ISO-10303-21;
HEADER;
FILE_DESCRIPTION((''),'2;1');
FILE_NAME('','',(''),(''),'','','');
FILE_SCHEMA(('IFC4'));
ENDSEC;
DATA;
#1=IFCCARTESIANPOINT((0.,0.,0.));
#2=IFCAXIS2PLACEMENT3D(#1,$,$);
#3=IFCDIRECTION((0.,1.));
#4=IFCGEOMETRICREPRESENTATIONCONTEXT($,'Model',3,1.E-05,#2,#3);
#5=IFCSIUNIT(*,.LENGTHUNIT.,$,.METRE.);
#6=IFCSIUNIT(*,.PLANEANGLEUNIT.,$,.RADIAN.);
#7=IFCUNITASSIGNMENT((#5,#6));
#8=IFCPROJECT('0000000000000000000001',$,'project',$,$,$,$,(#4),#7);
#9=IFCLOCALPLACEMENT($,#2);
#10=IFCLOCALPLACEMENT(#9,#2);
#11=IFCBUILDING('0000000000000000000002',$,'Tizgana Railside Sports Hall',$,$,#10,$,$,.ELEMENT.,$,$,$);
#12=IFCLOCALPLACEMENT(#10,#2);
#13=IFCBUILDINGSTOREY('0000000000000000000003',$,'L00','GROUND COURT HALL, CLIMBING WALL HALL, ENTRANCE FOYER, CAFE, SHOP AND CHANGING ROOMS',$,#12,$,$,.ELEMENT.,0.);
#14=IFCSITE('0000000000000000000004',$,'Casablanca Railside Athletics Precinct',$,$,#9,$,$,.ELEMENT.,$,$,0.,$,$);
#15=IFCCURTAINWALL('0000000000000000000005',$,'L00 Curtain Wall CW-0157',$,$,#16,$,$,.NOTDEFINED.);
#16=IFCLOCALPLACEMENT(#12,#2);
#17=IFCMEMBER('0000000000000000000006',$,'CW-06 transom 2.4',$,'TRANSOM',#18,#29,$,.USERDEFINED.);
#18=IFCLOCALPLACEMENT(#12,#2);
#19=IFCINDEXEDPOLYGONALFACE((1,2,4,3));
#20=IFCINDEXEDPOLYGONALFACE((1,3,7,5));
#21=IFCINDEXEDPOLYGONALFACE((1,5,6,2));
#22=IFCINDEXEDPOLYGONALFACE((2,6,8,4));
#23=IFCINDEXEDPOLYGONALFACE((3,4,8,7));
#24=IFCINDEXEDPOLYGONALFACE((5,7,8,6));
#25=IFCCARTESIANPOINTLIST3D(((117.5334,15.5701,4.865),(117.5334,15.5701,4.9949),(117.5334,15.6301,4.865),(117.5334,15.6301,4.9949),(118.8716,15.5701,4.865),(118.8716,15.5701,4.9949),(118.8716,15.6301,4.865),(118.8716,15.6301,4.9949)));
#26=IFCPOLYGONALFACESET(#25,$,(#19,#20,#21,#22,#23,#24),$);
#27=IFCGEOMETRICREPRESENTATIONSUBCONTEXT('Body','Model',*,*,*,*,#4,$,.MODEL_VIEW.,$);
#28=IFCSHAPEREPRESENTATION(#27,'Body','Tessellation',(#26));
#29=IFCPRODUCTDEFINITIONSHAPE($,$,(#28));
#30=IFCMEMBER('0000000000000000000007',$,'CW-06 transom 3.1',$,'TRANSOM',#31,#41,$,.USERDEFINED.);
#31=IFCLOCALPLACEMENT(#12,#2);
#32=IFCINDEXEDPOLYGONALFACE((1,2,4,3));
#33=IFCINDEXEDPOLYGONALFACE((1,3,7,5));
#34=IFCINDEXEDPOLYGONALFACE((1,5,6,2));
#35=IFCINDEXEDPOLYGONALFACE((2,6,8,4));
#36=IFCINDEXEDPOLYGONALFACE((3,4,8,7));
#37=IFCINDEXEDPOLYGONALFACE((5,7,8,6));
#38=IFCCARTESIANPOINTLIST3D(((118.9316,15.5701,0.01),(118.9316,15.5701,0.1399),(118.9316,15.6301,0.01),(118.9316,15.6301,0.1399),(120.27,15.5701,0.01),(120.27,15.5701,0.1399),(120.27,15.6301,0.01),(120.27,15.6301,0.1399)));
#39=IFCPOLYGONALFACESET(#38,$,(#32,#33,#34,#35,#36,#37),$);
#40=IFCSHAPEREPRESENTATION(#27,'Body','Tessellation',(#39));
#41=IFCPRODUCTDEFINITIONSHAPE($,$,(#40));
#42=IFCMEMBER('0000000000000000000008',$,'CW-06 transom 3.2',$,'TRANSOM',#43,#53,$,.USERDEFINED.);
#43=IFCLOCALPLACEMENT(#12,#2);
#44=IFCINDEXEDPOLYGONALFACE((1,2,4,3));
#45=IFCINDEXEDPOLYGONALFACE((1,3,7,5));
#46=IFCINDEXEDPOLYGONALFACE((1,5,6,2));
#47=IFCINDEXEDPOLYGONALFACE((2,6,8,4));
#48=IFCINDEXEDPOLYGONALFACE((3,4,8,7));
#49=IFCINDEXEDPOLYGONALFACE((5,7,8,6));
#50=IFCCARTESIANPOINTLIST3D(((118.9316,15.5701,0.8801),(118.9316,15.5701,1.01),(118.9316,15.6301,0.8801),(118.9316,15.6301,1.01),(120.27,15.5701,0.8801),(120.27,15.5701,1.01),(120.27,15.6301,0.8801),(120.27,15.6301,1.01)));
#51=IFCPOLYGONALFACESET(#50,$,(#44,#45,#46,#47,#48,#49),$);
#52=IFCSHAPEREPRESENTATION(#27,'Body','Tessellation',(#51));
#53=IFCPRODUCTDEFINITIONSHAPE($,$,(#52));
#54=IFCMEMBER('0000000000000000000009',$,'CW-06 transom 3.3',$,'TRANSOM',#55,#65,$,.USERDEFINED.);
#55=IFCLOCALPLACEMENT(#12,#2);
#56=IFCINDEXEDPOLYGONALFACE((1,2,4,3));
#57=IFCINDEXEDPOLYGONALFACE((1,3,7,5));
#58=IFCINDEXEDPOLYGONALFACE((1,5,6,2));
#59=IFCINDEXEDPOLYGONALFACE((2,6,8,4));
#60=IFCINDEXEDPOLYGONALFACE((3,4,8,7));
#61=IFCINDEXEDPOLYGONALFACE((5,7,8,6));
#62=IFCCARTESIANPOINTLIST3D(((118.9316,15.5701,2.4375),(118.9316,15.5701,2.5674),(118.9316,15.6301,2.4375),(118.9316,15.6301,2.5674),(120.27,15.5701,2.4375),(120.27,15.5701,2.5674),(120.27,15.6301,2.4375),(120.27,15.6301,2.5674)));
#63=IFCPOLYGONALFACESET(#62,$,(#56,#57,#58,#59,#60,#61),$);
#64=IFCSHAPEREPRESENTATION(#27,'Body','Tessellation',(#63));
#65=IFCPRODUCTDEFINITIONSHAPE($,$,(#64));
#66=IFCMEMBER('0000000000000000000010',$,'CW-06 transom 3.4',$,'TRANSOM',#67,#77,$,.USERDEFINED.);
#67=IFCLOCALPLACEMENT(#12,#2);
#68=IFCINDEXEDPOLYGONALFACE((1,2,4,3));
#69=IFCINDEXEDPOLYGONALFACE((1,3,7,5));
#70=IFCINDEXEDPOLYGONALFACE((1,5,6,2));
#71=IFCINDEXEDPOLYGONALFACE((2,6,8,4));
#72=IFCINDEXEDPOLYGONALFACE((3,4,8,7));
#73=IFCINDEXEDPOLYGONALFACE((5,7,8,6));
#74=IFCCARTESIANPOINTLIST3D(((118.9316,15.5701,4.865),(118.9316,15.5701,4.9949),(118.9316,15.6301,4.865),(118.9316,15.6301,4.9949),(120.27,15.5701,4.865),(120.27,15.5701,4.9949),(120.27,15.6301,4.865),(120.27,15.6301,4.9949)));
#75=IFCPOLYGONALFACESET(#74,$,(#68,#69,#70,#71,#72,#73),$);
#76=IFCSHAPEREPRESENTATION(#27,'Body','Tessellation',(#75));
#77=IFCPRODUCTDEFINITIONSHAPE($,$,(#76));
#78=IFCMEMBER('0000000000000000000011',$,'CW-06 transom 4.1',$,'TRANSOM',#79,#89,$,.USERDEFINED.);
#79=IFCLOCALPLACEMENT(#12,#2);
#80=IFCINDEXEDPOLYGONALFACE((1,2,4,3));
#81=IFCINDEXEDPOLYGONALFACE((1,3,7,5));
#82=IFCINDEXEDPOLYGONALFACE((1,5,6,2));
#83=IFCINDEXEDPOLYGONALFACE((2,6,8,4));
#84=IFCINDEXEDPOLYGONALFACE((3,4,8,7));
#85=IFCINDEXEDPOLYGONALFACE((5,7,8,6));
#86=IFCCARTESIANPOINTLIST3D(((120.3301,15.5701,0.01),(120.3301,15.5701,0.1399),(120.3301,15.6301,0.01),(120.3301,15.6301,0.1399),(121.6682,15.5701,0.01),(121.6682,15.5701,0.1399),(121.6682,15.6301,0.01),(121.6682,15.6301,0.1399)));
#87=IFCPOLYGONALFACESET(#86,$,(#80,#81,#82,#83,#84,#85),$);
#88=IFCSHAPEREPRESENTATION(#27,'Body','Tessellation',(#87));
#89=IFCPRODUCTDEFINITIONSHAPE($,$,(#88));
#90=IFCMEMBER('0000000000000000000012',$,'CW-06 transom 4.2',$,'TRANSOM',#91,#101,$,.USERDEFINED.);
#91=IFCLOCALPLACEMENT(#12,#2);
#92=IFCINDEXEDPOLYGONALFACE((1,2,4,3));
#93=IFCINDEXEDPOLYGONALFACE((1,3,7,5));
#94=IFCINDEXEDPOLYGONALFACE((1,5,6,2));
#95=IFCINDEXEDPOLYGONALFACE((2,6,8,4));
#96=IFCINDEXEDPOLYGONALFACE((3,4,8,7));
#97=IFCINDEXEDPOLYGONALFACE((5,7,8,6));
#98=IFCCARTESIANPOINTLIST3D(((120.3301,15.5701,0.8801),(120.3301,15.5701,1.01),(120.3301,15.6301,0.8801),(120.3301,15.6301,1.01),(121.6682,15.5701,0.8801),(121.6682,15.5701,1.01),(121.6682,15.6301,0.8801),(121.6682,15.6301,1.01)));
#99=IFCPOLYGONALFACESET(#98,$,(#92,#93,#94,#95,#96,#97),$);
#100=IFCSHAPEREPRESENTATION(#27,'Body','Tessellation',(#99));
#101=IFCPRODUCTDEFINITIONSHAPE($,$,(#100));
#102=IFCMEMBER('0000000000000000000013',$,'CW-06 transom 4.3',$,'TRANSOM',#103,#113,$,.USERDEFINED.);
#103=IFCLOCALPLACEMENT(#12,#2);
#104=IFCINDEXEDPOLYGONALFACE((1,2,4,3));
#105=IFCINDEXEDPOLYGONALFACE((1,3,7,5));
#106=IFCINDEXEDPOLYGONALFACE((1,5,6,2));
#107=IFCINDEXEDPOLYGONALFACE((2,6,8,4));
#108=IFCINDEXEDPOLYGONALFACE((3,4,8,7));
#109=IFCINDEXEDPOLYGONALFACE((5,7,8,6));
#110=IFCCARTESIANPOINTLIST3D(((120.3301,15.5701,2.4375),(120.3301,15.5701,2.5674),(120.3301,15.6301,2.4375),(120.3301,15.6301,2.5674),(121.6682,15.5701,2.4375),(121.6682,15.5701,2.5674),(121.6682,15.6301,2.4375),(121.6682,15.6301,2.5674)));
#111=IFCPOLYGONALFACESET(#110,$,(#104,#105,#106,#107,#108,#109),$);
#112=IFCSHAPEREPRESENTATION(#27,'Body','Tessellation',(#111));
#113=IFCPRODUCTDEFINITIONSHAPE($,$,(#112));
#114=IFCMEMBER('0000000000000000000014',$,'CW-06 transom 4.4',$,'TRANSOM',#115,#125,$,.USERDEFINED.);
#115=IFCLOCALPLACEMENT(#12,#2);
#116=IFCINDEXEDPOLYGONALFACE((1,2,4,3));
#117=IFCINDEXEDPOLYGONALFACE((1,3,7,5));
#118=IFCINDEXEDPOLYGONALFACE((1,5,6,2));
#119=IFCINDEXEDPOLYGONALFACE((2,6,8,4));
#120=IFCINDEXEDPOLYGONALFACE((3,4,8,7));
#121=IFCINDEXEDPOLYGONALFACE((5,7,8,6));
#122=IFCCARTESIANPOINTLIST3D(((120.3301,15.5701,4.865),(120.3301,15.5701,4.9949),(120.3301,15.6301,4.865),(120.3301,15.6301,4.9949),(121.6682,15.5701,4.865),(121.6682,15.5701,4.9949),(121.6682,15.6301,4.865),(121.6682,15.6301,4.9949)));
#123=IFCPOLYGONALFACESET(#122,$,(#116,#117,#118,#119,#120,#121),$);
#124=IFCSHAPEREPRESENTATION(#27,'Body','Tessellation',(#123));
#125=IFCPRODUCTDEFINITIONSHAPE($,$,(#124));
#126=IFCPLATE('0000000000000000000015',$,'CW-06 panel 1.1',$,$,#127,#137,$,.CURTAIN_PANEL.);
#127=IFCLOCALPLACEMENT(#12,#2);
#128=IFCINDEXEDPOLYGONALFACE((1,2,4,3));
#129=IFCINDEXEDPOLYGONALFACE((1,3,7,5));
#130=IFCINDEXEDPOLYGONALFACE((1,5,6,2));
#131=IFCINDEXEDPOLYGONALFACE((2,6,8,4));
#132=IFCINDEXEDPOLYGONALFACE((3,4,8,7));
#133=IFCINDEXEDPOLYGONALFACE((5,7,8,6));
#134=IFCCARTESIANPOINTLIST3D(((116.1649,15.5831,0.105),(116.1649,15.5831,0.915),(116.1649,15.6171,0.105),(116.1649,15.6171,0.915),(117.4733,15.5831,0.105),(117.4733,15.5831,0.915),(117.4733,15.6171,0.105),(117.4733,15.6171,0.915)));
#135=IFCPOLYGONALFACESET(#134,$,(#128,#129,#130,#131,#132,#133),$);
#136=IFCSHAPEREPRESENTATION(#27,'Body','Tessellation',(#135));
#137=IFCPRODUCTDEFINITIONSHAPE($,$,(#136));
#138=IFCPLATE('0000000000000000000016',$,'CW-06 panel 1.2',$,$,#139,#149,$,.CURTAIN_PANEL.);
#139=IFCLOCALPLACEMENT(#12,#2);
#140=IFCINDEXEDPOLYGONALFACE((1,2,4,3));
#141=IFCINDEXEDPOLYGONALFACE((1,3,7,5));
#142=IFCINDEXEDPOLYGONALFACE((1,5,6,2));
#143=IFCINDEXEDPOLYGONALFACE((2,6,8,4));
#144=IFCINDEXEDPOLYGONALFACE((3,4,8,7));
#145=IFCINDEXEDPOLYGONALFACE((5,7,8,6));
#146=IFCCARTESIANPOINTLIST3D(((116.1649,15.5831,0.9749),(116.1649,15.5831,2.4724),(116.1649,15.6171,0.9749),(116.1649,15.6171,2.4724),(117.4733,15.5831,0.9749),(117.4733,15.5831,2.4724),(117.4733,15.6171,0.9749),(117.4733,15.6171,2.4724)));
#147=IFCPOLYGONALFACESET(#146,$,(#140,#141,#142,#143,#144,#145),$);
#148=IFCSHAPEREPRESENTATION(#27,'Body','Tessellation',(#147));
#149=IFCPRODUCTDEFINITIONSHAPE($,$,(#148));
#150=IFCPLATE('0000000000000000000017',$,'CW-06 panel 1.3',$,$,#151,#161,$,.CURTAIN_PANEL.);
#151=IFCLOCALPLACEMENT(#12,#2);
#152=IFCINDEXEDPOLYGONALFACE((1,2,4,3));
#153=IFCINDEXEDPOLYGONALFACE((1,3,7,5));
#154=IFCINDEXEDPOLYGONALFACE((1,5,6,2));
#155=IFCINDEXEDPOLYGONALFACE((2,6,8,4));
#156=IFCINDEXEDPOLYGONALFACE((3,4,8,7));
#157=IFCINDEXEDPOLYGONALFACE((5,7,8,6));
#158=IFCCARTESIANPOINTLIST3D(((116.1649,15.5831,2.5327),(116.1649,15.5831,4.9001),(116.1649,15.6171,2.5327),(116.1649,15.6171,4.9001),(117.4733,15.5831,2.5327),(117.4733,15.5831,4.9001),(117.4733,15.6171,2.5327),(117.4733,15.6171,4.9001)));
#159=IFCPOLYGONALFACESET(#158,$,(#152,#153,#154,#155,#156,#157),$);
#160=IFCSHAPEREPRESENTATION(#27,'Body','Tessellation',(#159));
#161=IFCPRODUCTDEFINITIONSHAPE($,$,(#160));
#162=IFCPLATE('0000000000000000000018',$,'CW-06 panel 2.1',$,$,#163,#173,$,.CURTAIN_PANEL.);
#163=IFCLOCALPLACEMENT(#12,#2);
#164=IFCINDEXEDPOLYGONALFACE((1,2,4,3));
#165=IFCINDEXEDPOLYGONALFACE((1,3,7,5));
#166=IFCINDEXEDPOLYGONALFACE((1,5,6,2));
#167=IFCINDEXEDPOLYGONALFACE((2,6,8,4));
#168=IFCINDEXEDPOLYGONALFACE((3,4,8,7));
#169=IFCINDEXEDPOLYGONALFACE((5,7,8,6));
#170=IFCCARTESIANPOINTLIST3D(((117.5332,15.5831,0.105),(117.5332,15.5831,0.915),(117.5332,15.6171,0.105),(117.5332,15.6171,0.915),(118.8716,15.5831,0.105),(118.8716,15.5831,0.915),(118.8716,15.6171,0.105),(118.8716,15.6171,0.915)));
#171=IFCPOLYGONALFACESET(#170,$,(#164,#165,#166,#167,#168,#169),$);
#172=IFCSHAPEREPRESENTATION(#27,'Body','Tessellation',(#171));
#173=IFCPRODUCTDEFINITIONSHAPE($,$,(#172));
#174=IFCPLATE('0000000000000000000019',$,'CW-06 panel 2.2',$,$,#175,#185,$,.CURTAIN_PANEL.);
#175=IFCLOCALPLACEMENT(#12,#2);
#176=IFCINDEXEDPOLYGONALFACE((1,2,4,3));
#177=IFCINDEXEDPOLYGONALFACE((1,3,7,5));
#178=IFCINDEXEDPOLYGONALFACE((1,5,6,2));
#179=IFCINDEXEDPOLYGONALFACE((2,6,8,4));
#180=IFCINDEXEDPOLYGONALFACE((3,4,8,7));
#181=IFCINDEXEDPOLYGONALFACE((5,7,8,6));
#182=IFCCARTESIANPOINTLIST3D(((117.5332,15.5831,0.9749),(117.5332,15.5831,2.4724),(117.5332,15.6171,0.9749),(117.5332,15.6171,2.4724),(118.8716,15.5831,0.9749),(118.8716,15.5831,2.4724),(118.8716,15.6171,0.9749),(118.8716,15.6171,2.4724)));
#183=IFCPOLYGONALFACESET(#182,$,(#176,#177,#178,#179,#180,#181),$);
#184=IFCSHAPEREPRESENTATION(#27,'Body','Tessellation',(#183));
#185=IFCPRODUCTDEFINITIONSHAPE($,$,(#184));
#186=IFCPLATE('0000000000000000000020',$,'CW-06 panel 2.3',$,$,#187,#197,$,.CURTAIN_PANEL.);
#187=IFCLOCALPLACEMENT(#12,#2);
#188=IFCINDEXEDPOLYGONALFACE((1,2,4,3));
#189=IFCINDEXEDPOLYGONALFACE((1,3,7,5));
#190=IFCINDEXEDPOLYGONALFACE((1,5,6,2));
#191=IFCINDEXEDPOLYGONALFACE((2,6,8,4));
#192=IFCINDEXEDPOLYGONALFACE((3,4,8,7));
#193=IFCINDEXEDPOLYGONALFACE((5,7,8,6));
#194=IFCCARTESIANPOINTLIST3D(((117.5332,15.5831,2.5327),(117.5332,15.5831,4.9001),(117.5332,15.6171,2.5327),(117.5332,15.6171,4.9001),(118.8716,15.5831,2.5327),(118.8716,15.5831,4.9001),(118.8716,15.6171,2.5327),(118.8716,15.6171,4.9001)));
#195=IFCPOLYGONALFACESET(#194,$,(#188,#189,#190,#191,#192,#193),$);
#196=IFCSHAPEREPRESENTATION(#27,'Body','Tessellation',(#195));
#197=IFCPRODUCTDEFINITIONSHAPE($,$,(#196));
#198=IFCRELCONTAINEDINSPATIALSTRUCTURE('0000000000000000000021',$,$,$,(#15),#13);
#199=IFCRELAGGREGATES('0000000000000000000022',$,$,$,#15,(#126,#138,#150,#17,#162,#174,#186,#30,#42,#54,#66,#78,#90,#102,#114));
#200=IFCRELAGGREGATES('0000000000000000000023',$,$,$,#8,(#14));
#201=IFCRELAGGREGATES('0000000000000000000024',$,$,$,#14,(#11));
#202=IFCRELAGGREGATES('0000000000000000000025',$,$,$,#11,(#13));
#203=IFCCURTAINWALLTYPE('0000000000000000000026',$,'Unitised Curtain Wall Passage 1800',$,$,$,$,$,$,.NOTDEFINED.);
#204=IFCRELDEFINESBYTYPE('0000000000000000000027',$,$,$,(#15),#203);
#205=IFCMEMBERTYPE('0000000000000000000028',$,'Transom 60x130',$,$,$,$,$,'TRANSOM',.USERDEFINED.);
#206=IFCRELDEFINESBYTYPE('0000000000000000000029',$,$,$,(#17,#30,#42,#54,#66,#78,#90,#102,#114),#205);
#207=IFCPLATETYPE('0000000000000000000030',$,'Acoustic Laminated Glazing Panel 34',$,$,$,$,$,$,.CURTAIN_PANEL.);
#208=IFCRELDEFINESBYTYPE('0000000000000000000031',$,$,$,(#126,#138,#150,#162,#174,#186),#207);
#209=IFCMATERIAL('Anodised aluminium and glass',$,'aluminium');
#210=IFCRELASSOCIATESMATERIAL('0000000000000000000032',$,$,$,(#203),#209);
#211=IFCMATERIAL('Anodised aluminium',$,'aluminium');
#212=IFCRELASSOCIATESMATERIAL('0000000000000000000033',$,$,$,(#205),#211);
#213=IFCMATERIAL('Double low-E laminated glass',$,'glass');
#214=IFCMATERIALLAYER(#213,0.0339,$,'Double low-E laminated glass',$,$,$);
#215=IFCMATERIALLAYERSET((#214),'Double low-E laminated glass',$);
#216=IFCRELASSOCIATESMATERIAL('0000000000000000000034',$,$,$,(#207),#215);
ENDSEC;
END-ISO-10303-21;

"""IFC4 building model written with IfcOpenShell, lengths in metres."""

from ifc_helpers import new_model, si_unit, direction, frame, origin, origin_2d, place, context, subcontext, project, spatial, rectangle, extrude, material, layer, layer_set, material_profile, profile_set, type_object, element, aggregate, save


model = new_model("IFC4")

# Units and contexts
model_context = context("Model", 3, precision=1e-05, world=origin(), true_north=direction((0.0, 1.0)))
body_context = subcontext(model_context, "Body", "Model", "MODEL_VIEW")
ifc_project = project(units=[si_unit("LENGTHUNIT", "METRE"), si_unit("PLANEANGLEUNIT", "RADIAN")], contexts=[model_context])

# Site, building, storey
site_placement = place(None, origin())
site = spatial("IfcSite", under=ifc_project, at=site_placement, Name="Casablanca Railside Athletics Precinct", CompositionType="ELEMENT", RefElevation=0.0)
building_placement = place(site_placement, origin())
building = spatial("IfcBuilding", under=site, at=building_placement, Name="Tizgana Railside Sports Hall", CompositionType="ELEMENT")
storey_placement = place(building_placement, origin())
storey = spatial("IfcBuildingStorey", under=building, at=storey_placement, Name="L00", Description="GROUND COURT HALL, CLIMBING WALL HALL, ENTRANCE FOYER, CAFE, SHOP AND CHANGING ROOMS", CompositionType="ELEMENT", Elevation=0.0)

# Curtain wall
ifc_material_1 = material(Name="Anodised aluminium and glass", Category="aluminium")
curtain_wall_type = type_object("IfcCurtainWallType", Name="Unitised Curtain Wall Passage 1800", PredefinedType="NOTDEFINED", material=ifc_material_1)
curtain_wall_placement = place(storey_placement, origin())
curtain_wall = element("IfcCurtainWall", 1, at=curtain_wall_placement, inside=storey, type_object=curtain_wall_type, Name="L00 Curtain Wall CW-0157", PredefinedType="NOTDEFINED")
ifc_material_2 = material(Name="Anodised aluminium", Category="aluminium")

# Members
ifc_material_profile_1 = material_profile(ifc_material_2, rectangle(XDim=0.0601, YDim=0.1299, at=origin_2d()), Name="Transom 60x130")
ifc_profile_set_1 = profile_set([ifc_material_profile_1], Name="Anodised aluminium")
member_type_1 = type_object("IfcMemberType", Name="Transom 60x130", ElementType="TRANSOM", PredefinedType="USERDEFINED", material=ifc_profile_set_1)
member_1_placement = place(storey_placement, frame((117.5334, 15.6001, 4.9299), z_axis=(1.0, 0.0, 0.0), x_axis=(0.0, 1.0, 0.0)))
member_1 = element("IfcMember", 2, at=member_1_placement, type_object=member_type_1, Name="CW-06 transom 2.4", ObjectType="TRANSOM", PredefinedType="USERDEFINED", context=body_context, shape_type="SweptSolid", body=[
    extrude(rectangle(XDim=0.0601, YDim=0.1299, at=origin_2d()), origin(), (0.0, 0.0, 1.0), 1.3381),
])
member_2_placement = place(storey_placement, frame((118.9316, 15.6001, 0.075), z_axis=(1.0, 0.0, 0.0), x_axis=(0.0, 1.0, 0.0)))
member_2 = element("IfcMember", 3, at=member_2_placement, type_object=member_type_1, Name="CW-06 transom 3.1", ObjectType="TRANSOM", PredefinedType="USERDEFINED", context=body_context, shape_type="SweptSolid", body=[
    extrude(rectangle(XDim=0.0601, YDim=0.1299, at=origin_2d()), origin(), (0.0, 0.0, 1.0), 1.3384),
])
member_3_placement = place(storey_placement, frame((118.9316, 15.6001, 0.9451), z_axis=(1.0, 0.0, 0.0), x_axis=(0.0, 1.0, 0.0)))
member_3 = element("IfcMember", 4, at=member_3_placement, type_object=member_type_1, Name="CW-06 transom 3.2", ObjectType="TRANSOM", PredefinedType="USERDEFINED", context=body_context, shape_type="SweptSolid", body=[
    extrude(rectangle(XDim=0.0601, YDim=0.1299, at=origin_2d()), origin(), (0.0, 0.0, 1.0), 1.3384),
])
member_4_placement = place(storey_placement, frame((118.9316, 15.6001, 2.5024), z_axis=(1.0, 0.0, 0.0), x_axis=(0.0, 1.0, 0.0)))
member_4 = element("IfcMember", 5, at=member_4_placement, type_object=member_type_1, Name="CW-06 transom 3.3", ObjectType="TRANSOM", PredefinedType="USERDEFINED", context=body_context, shape_type="SweptSolid", body=[
    extrude(rectangle(XDim=0.0601, YDim=0.1299, at=origin_2d()), origin(), (0.0, 0.0, 1.0), 1.3384),
])
member_5_placement = place(storey_placement, frame((118.9316, 15.6001, 4.9299), z_axis=(1.0, 0.0, 0.0), x_axis=(0.0, 1.0, 0.0)))
member_5 = element("IfcMember", 6, at=member_5_placement, type_object=member_type_1, Name="CW-06 transom 3.4", ObjectType="TRANSOM", PredefinedType="USERDEFINED", context=body_context, shape_type="SweptSolid", body=[
    extrude(rectangle(XDim=0.0601, YDim=0.1299, at=origin_2d()), origin(), (0.0, 0.0, 1.0), 1.3384),
])
member_6_placement = place(storey_placement, frame((120.3301, 15.6001, 0.075), z_axis=(1.0, 0.0, 0.0), x_axis=(0.0, 1.0, 0.0)))
member_6 = element("IfcMember", 7, at=member_6_placement, type_object=member_type_1, Name="CW-06 transom 4.1", ObjectType="TRANSOM", PredefinedType="USERDEFINED", context=body_context, shape_type="SweptSolid", body=[
    extrude(rectangle(XDim=0.0601, YDim=0.1299, at=origin_2d()), origin(), (0.0, 0.0, 1.0), 1.3381),
])
member_7_placement = place(storey_placement, frame((120.3301, 15.6001, 0.9451), z_axis=(1.0, 0.0, 0.0), x_axis=(0.0, 1.0, 0.0)))
member_7 = element("IfcMember", 8, at=member_7_placement, type_object=member_type_1, Name="CW-06 transom 4.2", ObjectType="TRANSOM", PredefinedType="USERDEFINED", context=body_context, shape_type="SweptSolid", body=[
    extrude(rectangle(XDim=0.0601, YDim=0.1299, at=origin_2d()), origin(), (0.0, 0.0, 1.0), 1.3381),
])
member_8_placement = place(storey_placement, frame((120.3301, 15.6001, 2.5024), z_axis=(1.0, 0.0, 0.0), x_axis=(0.0, 1.0, 0.0)))
member_8 = element("IfcMember", 9, at=member_8_placement, type_object=member_type_1, Name="CW-06 transom 4.3", ObjectType="TRANSOM", PredefinedType="USERDEFINED", context=body_context, shape_type="SweptSolid", body=[
    extrude(rectangle(XDim=0.0601, YDim=0.1299, at=origin_2d()), origin(), (0.0, 0.0, 1.0), 1.3381),
])
member_9_placement = place(storey_placement, frame((120.3301, 15.6001, 4.9299), z_axis=(1.0, 0.0, 0.0), x_axis=(0.0, 1.0, 0.0)))
member_9 = element("IfcMember", 10, at=member_9_placement, type_object=member_type_1, Name="CW-06 transom 4.4", ObjectType="TRANSOM", PredefinedType="USERDEFINED", context=body_context, shape_type="SweptSolid", body=[
    extrude(rectangle(XDim=0.0601, YDim=0.1299, at=origin_2d()), origin(), (0.0, 0.0, 1.0), 1.3381),
])

# Plates
ifc_material_3 = material(Name="Double low-E laminated glass", Category="glass")
ifc_layer = layer(ifc_material_3, 0.0339, Name="Double low-E laminated glass")
ifc_layer_set = layer_set([ifc_layer], Name="Double low-E laminated glass")
plate_type = type_object("IfcPlateType", Name="Acoustic Laminated Glazing Panel 34", PredefinedType="CURTAIN_PANEL", material=ifc_layer_set)
plate_1_placement = place(storey_placement, frame((116.8191, 15.6001, 0.105), z_axis=(0.0, 0.0, 1.0), x_axis=(1.0, 0.0, 0.0)))
plate_1 = element("IfcPlate", 11, at=plate_1_placement, type_object=plate_type, Name="CW-06 panel 1.1", PredefinedType="CURTAIN_PANEL", context=body_context, shape_type="SweptSolid", body=[
    extrude(rectangle(XDim=1.3083, YDim=0.0339, at=origin_2d()), origin(), (0.0, 0.0, 1.0), 0.8101),
])
plate_2_placement = place(storey_placement, frame((116.8191, 15.6001, 0.9749), z_axis=(0.0, 0.0, 1.0), x_axis=(1.0, 0.0, 0.0)))
plate_2 = element("IfcPlate", 12, at=plate_2_placement, type_object=plate_type, Name="CW-06 panel 1.2", PredefinedType="CURTAIN_PANEL", context=body_context, shape_type="SweptSolid", body=[
    extrude(rectangle(XDim=1.3083, YDim=0.0339, at=origin_2d()), origin(), (0.0, 0.0, 1.0), 1.4976),
])
plate_3_placement = place(storey_placement, frame((116.8191, 15.6001, 2.5327), z_axis=(0.0, 0.0, 1.0), x_axis=(1.0, 0.0, 0.0)))
plate_3 = element("IfcPlate", 13, at=plate_3_placement, type_object=plate_type, Name="CW-06 panel 1.3", PredefinedType="CURTAIN_PANEL", context=body_context, shape_type="SweptSolid", body=[
    extrude(rectangle(XDim=1.3083, YDim=0.0339, at=origin_2d()), origin(), (0.0, 0.0, 1.0), 2.3674),
])
plate_4_placement = place(storey_placement, frame((118.2024, 15.6001, 0.105), z_axis=(0.0, 0.0, 1.0), x_axis=(1.0, 0.0, 0.0)))
plate_4 = element("IfcPlate", 14, at=plate_4_placement, type_object=plate_type, Name="CW-06 panel 2.1", PredefinedType="CURTAIN_PANEL", context=body_context, shape_type="SweptSolid", body=[
    extrude(rectangle(XDim=1.3384, YDim=0.0339, at=origin_2d()), origin(), (0.0, 0.0, 1.0), 0.8101),
])
plate_5_placement = place(storey_placement, frame((118.2024, 15.6001, 0.9749), z_axis=(0.0, 0.0, 1.0), x_axis=(1.0, 0.0, 0.0)))
plate_5 = element("IfcPlate", 15, at=plate_5_placement, type_object=plate_type, Name="CW-06 panel 2.2", PredefinedType="CURTAIN_PANEL", context=body_context, shape_type="SweptSolid", body=[
    extrude(rectangle(XDim=1.3384, YDim=0.0339, at=origin_2d()), origin(), (0.0, 0.0, 1.0), 1.4976),
])
plate_6_placement = place(storey_placement, frame((118.2024, 15.6001, 2.5327), z_axis=(0.0, 0.0, 1.0), x_axis=(1.0, 0.0, 0.0)))
plate_6 = element("IfcPlate", 16, at=plate_6_placement, type_object=plate_type, Name="CW-06 panel 2.3", PredefinedType="CURTAIN_PANEL", context=body_context, shape_type="SweptSolid", body=[
    extrude(rectangle(XDim=1.3384, YDim=0.0339, at=origin_2d()), origin(), (0.0, 0.0, 1.0), 2.3674),
])
aggregate(curtain_wall, [plate_1, plate_2, plate_3, member_1, plate_4, plate_5, plate_6, member_2, member_3, member_4, member_5, member_6, member_7, member_8, member_9])

save(model, "model.ifc")
